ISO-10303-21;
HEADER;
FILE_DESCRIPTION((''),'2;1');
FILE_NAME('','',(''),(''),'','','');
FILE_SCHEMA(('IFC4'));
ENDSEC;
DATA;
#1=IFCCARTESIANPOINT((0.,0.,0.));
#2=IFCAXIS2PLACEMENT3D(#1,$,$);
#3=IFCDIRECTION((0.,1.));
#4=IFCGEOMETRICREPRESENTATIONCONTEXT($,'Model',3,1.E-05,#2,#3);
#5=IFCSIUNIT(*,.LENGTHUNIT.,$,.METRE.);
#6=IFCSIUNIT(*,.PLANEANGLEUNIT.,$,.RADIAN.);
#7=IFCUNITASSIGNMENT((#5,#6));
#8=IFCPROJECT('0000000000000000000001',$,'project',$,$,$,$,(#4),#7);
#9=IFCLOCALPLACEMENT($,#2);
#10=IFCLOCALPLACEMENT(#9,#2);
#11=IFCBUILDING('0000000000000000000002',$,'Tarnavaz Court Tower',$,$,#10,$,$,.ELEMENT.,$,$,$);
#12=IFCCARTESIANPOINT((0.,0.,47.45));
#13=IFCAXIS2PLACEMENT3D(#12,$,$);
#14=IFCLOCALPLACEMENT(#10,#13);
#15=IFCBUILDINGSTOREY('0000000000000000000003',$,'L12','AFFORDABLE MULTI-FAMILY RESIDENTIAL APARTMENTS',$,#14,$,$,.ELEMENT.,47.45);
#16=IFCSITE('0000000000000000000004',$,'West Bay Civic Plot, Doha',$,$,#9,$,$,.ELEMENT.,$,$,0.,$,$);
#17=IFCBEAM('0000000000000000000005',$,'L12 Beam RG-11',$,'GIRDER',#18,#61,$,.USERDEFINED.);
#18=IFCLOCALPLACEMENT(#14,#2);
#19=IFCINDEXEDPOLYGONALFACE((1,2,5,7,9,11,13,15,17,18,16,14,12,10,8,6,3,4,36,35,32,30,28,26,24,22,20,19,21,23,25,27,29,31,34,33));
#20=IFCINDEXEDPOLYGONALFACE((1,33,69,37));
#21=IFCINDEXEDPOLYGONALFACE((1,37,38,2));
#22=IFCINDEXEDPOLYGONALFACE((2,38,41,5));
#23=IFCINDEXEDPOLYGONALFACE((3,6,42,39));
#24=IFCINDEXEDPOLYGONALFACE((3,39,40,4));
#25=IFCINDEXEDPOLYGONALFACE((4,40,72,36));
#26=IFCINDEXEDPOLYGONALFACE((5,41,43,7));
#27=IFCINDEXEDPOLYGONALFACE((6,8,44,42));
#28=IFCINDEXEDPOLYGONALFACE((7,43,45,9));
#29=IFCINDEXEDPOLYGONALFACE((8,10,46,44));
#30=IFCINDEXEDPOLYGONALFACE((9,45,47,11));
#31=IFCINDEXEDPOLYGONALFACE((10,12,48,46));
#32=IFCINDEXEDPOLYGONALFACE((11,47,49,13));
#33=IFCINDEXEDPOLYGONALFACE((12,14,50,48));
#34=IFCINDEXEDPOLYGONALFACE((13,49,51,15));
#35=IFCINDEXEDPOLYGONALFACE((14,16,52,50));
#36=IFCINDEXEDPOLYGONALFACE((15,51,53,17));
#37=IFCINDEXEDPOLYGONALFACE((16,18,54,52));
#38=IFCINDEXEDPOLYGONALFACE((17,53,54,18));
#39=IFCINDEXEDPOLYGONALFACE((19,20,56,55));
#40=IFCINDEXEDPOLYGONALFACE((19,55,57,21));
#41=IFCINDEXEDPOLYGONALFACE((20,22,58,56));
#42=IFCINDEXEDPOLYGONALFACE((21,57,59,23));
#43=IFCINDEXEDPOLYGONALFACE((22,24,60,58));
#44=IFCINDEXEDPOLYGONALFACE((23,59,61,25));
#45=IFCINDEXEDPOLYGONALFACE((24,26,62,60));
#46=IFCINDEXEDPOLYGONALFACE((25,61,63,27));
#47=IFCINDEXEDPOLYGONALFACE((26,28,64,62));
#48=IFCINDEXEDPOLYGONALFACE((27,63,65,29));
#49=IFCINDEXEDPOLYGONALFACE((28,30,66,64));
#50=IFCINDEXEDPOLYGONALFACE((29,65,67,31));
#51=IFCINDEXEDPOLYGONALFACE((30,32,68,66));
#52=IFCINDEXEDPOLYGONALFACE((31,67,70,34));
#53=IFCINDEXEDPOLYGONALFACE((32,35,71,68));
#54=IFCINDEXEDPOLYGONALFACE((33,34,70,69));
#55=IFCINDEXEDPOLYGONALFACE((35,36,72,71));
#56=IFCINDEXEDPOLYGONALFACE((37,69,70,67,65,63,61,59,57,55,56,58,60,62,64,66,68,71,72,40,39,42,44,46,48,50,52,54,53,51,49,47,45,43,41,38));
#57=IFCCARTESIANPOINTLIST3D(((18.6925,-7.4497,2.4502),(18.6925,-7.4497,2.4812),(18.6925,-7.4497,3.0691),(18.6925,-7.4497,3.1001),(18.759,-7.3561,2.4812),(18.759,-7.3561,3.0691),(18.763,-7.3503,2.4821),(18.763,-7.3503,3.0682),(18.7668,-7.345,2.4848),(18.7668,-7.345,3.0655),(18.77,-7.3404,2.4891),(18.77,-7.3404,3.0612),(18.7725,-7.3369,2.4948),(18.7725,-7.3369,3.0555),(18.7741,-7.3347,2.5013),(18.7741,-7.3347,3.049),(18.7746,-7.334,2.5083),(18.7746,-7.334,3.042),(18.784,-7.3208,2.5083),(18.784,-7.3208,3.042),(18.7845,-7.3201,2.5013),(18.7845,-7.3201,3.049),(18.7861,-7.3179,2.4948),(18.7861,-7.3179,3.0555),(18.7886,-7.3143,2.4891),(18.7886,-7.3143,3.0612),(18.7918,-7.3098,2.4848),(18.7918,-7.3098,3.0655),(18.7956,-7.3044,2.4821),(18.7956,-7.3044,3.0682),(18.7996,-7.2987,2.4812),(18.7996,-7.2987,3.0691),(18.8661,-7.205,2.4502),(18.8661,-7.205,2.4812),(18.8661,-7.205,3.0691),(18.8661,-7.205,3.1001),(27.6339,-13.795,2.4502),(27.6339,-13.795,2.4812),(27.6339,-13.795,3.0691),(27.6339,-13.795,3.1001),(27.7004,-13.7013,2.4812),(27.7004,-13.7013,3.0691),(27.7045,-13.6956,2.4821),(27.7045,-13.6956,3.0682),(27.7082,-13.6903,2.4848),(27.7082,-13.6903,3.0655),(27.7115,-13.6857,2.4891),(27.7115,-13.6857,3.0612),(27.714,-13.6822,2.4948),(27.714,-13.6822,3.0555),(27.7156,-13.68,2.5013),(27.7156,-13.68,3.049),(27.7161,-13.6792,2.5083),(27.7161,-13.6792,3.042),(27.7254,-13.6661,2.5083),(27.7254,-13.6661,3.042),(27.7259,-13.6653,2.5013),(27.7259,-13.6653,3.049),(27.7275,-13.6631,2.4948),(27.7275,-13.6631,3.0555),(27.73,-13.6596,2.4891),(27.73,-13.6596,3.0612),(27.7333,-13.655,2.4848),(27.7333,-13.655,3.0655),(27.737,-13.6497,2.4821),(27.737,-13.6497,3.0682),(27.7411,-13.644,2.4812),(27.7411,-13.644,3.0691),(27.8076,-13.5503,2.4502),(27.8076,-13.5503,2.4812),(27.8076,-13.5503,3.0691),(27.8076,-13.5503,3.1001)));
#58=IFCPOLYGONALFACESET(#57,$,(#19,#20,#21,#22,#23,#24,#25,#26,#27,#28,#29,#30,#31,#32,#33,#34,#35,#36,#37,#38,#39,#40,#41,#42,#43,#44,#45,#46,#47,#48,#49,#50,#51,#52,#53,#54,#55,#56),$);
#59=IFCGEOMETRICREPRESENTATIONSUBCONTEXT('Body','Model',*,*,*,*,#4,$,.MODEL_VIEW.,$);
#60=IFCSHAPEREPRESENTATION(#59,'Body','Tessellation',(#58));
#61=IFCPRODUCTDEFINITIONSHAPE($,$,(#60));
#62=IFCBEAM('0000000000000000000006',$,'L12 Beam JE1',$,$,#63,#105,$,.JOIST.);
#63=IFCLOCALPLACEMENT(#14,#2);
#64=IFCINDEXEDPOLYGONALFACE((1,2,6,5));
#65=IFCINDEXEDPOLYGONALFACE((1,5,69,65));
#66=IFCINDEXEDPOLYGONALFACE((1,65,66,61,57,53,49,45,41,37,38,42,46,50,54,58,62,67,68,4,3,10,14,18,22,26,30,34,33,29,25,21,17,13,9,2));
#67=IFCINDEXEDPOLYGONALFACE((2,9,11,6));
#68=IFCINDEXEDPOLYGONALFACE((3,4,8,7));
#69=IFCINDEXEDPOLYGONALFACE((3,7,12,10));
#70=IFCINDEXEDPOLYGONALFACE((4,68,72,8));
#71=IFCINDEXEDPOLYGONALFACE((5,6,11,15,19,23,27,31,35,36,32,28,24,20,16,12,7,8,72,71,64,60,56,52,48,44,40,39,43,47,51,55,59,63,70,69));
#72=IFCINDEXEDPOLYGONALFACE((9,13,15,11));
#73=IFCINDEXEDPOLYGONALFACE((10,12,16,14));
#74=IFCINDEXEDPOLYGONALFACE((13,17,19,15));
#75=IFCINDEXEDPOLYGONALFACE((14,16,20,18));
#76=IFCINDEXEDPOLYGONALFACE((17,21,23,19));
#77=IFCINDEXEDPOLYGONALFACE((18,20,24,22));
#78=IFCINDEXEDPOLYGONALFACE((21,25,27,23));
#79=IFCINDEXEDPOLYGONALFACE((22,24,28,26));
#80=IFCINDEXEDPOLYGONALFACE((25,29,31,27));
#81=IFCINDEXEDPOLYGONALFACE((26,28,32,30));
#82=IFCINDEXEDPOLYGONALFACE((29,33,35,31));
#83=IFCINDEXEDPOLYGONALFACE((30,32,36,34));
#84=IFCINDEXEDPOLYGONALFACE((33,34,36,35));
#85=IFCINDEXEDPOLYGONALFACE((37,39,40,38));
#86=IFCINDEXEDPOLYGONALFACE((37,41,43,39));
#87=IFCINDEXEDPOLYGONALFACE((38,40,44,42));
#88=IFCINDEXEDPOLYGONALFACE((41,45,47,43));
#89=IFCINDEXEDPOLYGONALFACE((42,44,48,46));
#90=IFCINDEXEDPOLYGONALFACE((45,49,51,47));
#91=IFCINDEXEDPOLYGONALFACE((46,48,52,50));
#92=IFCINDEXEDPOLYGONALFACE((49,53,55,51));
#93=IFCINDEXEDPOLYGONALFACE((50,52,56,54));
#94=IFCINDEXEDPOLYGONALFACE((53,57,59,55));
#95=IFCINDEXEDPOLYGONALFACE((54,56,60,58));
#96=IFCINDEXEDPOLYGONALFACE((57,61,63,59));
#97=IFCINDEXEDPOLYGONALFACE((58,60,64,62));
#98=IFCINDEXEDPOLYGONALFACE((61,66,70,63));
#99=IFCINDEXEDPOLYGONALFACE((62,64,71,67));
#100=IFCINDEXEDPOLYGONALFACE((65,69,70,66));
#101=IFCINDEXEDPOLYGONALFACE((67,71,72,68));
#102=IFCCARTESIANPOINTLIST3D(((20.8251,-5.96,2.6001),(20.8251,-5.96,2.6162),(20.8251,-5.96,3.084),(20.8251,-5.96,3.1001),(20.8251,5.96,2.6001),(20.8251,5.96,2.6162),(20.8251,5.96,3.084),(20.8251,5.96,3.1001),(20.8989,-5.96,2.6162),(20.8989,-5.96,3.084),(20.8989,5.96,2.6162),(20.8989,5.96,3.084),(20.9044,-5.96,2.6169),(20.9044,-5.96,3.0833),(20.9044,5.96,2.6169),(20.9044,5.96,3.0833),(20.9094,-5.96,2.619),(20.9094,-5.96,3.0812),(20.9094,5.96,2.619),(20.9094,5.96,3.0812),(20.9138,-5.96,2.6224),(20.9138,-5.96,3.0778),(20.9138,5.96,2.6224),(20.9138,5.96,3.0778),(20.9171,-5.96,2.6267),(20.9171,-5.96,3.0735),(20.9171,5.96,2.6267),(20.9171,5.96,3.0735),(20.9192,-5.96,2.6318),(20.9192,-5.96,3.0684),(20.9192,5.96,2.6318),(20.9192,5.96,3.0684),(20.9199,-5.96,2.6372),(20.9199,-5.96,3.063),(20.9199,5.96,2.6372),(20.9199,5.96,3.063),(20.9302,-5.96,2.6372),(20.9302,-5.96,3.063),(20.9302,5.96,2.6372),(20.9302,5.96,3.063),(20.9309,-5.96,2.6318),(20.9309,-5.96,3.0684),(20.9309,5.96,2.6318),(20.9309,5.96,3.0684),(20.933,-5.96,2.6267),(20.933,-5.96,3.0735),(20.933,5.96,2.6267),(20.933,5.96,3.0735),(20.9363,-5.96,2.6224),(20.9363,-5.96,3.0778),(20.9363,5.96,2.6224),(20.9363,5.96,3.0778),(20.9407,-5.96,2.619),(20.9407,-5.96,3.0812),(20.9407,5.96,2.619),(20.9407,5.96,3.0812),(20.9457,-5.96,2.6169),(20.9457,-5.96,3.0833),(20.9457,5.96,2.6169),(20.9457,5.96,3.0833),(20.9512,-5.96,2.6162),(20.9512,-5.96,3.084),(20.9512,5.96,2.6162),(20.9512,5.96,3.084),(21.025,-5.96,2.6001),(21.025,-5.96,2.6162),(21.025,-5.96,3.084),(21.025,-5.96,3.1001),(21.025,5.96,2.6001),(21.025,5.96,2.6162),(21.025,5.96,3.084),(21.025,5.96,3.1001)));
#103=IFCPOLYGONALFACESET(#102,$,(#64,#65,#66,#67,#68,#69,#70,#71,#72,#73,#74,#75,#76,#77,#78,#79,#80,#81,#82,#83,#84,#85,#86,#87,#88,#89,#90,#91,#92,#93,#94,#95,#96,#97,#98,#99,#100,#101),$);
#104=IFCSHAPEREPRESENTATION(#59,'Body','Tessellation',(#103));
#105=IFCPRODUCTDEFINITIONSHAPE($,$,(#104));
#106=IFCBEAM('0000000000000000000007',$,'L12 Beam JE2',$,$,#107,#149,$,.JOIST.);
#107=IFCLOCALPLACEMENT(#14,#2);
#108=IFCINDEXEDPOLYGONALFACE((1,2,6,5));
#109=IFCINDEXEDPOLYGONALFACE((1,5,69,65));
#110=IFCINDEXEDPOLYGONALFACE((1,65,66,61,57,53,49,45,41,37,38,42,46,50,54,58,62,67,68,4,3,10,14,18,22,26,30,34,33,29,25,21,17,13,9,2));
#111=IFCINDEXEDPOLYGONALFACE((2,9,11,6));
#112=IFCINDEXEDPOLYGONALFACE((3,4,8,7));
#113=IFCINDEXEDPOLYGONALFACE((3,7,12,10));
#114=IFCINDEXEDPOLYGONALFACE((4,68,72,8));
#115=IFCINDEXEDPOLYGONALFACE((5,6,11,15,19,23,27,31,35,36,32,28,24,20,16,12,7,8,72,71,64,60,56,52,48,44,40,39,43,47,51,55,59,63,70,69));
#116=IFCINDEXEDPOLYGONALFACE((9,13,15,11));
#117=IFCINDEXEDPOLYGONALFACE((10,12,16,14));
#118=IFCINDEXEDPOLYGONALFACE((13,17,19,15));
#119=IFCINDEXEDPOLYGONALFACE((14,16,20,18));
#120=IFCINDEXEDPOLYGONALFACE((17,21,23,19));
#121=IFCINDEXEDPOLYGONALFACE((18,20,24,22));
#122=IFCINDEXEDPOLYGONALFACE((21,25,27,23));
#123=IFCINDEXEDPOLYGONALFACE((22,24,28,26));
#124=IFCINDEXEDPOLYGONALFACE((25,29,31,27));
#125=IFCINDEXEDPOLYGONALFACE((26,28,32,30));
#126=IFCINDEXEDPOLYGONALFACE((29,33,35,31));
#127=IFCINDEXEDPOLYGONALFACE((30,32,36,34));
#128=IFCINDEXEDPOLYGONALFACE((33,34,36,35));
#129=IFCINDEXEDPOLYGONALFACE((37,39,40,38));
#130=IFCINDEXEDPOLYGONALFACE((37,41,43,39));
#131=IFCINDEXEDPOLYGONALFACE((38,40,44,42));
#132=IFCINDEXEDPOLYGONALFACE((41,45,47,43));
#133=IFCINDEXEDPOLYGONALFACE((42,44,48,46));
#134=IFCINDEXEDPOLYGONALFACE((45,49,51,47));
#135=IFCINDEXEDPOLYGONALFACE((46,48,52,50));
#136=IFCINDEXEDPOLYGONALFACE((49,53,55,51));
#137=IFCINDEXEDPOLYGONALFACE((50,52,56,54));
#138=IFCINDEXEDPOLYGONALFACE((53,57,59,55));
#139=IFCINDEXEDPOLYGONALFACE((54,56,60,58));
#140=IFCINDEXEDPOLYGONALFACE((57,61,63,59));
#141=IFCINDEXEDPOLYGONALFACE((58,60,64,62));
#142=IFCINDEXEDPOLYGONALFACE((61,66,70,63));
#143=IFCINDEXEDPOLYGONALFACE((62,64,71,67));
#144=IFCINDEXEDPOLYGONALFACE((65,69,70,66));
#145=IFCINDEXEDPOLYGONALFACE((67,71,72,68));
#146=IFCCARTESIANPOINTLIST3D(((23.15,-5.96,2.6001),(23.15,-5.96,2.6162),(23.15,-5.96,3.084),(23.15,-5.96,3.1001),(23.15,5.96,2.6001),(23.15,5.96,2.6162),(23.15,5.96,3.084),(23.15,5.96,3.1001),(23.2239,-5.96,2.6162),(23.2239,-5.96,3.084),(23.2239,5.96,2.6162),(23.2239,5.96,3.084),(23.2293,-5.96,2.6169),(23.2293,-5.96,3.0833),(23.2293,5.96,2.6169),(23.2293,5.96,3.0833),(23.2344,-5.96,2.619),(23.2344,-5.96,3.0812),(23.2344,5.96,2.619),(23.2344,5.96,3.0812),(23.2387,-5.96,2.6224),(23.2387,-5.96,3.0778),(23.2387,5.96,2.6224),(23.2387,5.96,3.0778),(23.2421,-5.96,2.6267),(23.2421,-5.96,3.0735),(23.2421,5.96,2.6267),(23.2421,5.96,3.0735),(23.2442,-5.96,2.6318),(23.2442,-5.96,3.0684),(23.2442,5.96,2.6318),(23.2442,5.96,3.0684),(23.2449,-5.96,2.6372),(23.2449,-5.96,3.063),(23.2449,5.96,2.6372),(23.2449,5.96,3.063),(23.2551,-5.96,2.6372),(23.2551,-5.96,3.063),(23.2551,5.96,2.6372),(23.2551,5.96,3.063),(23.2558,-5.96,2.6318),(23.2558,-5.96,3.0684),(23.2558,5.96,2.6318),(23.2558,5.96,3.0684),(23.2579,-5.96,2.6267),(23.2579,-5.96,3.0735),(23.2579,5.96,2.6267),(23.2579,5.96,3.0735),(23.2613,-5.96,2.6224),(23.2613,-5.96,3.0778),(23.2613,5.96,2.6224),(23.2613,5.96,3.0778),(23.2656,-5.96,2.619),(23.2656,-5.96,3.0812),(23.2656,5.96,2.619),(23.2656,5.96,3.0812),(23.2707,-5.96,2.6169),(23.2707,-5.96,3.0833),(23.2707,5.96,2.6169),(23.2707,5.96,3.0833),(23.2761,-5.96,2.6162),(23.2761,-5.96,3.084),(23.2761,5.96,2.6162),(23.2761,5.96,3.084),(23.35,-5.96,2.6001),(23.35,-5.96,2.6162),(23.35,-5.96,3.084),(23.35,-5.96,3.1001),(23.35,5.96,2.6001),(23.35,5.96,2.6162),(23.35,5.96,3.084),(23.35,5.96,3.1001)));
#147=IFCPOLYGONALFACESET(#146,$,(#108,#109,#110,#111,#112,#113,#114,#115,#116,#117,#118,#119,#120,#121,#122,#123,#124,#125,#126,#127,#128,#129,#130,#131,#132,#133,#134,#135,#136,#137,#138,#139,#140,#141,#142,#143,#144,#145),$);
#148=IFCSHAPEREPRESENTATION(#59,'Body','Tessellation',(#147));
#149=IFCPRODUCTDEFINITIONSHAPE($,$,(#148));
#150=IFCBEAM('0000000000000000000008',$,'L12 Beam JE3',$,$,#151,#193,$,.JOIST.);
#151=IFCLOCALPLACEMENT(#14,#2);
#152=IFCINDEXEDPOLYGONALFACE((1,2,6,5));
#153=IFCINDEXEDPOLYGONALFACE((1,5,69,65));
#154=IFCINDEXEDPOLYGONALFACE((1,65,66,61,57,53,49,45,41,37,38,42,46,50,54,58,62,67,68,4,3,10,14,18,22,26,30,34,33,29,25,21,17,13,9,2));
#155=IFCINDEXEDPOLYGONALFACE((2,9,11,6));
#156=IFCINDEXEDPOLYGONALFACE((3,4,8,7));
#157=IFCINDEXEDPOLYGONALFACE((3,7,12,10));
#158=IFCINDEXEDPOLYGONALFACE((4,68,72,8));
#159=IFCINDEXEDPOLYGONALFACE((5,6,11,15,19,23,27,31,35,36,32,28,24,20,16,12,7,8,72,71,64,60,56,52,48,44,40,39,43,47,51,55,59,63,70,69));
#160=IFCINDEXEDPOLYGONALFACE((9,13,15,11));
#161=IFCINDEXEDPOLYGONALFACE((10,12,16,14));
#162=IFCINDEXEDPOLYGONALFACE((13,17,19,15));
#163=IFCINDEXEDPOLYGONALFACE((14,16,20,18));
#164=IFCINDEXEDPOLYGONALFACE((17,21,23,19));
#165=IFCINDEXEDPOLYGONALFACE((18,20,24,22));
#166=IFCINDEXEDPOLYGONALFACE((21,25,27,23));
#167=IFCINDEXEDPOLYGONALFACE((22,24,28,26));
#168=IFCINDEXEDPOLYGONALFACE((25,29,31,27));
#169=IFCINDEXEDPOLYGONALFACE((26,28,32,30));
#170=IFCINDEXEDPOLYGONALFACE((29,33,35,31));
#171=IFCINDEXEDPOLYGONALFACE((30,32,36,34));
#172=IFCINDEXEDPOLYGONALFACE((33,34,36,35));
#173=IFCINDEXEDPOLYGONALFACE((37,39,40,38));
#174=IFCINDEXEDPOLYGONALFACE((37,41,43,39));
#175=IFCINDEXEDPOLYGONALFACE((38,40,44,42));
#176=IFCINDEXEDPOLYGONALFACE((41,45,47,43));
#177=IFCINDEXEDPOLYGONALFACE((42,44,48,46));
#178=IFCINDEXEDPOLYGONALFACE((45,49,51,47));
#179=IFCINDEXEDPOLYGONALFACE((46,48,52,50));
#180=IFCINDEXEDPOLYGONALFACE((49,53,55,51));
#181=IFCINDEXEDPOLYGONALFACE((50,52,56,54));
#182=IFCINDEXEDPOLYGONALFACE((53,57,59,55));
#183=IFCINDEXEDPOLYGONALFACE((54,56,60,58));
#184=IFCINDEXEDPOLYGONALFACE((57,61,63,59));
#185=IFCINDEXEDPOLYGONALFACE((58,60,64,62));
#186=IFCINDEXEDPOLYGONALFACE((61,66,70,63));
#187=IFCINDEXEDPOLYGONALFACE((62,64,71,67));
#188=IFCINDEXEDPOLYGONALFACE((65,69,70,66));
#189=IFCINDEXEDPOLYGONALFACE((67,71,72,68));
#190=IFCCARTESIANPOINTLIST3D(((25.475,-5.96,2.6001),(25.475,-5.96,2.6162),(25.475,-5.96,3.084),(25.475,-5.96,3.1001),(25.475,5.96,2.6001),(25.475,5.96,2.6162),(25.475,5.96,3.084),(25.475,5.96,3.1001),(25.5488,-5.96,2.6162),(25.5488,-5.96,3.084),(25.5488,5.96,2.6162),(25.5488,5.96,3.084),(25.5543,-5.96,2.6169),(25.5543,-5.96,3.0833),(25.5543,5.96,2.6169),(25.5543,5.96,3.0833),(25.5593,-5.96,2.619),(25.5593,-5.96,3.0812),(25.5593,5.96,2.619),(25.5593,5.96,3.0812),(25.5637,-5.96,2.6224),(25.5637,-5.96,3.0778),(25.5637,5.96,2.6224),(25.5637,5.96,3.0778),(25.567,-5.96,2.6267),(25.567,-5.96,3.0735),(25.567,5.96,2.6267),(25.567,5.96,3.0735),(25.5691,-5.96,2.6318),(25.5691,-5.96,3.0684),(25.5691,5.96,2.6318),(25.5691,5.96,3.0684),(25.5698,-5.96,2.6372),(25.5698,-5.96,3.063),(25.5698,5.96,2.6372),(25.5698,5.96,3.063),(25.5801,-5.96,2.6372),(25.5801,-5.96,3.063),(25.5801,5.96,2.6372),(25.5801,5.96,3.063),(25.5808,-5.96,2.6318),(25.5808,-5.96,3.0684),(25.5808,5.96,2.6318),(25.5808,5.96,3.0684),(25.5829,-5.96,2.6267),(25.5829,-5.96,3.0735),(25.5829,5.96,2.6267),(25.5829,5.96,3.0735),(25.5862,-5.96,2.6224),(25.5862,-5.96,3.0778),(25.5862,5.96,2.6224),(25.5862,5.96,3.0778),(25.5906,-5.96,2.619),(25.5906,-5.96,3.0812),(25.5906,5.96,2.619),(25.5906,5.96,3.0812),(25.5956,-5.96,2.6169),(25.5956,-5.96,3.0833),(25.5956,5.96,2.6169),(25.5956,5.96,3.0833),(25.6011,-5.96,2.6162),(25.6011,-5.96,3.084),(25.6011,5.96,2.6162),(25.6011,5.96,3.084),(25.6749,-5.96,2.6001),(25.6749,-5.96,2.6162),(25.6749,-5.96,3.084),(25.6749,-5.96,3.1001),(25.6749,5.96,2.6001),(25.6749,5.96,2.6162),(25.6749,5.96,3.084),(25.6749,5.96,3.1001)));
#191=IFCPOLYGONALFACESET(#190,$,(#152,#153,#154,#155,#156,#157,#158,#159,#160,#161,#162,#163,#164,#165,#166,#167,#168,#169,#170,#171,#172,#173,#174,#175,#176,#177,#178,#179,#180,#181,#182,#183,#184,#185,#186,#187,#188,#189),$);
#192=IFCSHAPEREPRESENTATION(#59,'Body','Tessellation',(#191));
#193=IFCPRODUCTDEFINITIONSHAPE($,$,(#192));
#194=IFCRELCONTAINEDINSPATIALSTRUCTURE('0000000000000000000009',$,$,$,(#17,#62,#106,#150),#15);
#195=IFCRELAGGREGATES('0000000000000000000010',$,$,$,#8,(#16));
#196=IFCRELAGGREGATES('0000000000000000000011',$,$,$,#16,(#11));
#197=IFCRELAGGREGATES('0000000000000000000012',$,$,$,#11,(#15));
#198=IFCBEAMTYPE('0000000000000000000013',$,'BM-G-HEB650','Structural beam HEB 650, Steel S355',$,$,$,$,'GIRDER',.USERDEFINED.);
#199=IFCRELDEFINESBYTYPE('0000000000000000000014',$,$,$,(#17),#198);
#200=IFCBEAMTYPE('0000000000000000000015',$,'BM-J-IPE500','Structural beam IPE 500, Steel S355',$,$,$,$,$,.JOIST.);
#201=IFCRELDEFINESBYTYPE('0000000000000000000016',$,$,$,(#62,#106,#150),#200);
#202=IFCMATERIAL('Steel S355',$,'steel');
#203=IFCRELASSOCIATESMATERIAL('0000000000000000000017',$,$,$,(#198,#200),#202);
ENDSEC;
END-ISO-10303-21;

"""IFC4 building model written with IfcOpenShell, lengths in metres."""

from ifc_helpers import new_model, si_unit, direction, frame, origin, origin_2d, place, context, subcontext, project, spatial, i_section, extrude, material, material_profile, profile_set, type_object, element, save


model = new_model("IFC4")

# Units and contexts
model_context = context("Model", 3, precision=1e-05, world=origin(), true_north=direction((0.0, 1.0)))
body_context = subcontext(model_context, "Body", "Model", "MODEL_VIEW")
ifc_project = project(units=[si_unit("LENGTHUNIT", "METRE"), si_unit("PLANEANGLEUNIT", "RADIAN")], contexts=[model_context])

# Site, building, storey
site_placement = place(None, origin())
site = spatial("IfcSite", under=ifc_project, at=site_placement, Name="West Bay Civic Plot, Doha", CompositionType="ELEMENT", RefElevation=0.0)
building_placement = place(site_placement, origin())
building = spatial("IfcBuilding", under=site, at=building_placement, Name="Tarnavaz Court Tower", CompositionType="ELEMENT")
storey_placement = place(building_placement, frame((0.0, 0.0, 47.45)))
storey = spatial("IfcBuildingStorey", under=building, at=storey_placement, Name="L12", Description="AFFORDABLE MULTI-FAMILY RESIDENTIAL APARTMENTS", CompositionType="ELEMENT", Elevation=47.45)

# Beams
ifc_material_1 = material(Name="Steel S355", Category="steel")
ifc_material_profile_1 = material_profile(ifc_material_1, i_section(OverallWidth=0.3, OverallDepth=0.6499, WebThickness=0.0161, FlangeThickness=0.031, FilletRadius=0.0271, at=origin_2d()), Name="HEB 650")
ifc_profile_set_1 = profile_set([ifc_material_profile_1], Name="Steel S355")
beam_type_1 = type_object("IfcBeamType", Name="BM-G-HEB650", Description="Structural beam HEB 650, Steel S355", ElementType="GIRDER", PredefinedType="USERDEFINED", material=ifc_profile_set_1)
beam_1_placement = place(storey_placement, frame((18.7793, -7.3274, 2.7751), z_axis=(0.81552, -0.578729, 0.0), x_axis=(0.578729, 0.81552, 0.0)))
element("IfcBeam", 1, at=beam_1_placement, inside=storey, type_object=beam_type_1, Name="L12 Beam RG-11", ObjectType="GIRDER", PredefinedType="USERDEFINED", context=body_context, shape_type="SweptSolid", body=[
    extrude(i_section(OverallWidth=0.3, OverallDepth=0.6499, WebThickness=0.0161, FlangeThickness=0.031, FilletRadius=0.0271, at=origin_2d()), origin(), (0.0, 0.0, 1.0), 10.9641),
])
ifc_material_profile_2 = material_profile(ifc_material_1, i_section(OverallWidth=0.2, OverallDepth=0.5, WebThickness=0.0103, FlangeThickness=0.0161, FilletRadius=0.021, at=origin_2d()), Name="IPE 500")
ifc_profile_set_2 = profile_set([ifc_material_profile_2], Name="Steel S355")
beam_type_2 = type_object("IfcBeamType", Name="BM-J-IPE500", Description="Structural beam IPE 500, Steel S355", PredefinedType="JOIST", material=ifc_profile_set_2)
for number, where, z_axis, x_axis, name in (
    (2, (20.925, -5.96, 2.8501), (0.0, 1.0, 0.0), (-1.0, 0.0, 0.0), "L12 Beam JE1"),
    (3, (23.25, -5.96, 2.8501), (0.0, 1.0, 0.0), (-1.0, 0.0, 0.0), "L12 Beam JE2"),
    (4, (25.575, -5.96, 2.8501), (0.0, 1.0, 0.0), (-1.0, 0.0, 0.0), "L12 Beam JE3"),
):
    element("IfcBeam", number, at=place(storey_placement, frame(where, z_axis=z_axis, x_axis=x_axis)), inside=storey, type_object=beam_type_2, Name=name, PredefinedType="JOIST", context=body_context, shape_type="SweptSolid", body=[
        extrude(i_section(OverallWidth=0.2, OverallDepth=0.5, WebThickness=0.0103, FlangeThickness=0.0161, FilletRadius=0.021, at=origin_2d()), origin(), (0.0, 0.0, 1.0), 11.9199),
    ])

save(model, "model.ifc")
